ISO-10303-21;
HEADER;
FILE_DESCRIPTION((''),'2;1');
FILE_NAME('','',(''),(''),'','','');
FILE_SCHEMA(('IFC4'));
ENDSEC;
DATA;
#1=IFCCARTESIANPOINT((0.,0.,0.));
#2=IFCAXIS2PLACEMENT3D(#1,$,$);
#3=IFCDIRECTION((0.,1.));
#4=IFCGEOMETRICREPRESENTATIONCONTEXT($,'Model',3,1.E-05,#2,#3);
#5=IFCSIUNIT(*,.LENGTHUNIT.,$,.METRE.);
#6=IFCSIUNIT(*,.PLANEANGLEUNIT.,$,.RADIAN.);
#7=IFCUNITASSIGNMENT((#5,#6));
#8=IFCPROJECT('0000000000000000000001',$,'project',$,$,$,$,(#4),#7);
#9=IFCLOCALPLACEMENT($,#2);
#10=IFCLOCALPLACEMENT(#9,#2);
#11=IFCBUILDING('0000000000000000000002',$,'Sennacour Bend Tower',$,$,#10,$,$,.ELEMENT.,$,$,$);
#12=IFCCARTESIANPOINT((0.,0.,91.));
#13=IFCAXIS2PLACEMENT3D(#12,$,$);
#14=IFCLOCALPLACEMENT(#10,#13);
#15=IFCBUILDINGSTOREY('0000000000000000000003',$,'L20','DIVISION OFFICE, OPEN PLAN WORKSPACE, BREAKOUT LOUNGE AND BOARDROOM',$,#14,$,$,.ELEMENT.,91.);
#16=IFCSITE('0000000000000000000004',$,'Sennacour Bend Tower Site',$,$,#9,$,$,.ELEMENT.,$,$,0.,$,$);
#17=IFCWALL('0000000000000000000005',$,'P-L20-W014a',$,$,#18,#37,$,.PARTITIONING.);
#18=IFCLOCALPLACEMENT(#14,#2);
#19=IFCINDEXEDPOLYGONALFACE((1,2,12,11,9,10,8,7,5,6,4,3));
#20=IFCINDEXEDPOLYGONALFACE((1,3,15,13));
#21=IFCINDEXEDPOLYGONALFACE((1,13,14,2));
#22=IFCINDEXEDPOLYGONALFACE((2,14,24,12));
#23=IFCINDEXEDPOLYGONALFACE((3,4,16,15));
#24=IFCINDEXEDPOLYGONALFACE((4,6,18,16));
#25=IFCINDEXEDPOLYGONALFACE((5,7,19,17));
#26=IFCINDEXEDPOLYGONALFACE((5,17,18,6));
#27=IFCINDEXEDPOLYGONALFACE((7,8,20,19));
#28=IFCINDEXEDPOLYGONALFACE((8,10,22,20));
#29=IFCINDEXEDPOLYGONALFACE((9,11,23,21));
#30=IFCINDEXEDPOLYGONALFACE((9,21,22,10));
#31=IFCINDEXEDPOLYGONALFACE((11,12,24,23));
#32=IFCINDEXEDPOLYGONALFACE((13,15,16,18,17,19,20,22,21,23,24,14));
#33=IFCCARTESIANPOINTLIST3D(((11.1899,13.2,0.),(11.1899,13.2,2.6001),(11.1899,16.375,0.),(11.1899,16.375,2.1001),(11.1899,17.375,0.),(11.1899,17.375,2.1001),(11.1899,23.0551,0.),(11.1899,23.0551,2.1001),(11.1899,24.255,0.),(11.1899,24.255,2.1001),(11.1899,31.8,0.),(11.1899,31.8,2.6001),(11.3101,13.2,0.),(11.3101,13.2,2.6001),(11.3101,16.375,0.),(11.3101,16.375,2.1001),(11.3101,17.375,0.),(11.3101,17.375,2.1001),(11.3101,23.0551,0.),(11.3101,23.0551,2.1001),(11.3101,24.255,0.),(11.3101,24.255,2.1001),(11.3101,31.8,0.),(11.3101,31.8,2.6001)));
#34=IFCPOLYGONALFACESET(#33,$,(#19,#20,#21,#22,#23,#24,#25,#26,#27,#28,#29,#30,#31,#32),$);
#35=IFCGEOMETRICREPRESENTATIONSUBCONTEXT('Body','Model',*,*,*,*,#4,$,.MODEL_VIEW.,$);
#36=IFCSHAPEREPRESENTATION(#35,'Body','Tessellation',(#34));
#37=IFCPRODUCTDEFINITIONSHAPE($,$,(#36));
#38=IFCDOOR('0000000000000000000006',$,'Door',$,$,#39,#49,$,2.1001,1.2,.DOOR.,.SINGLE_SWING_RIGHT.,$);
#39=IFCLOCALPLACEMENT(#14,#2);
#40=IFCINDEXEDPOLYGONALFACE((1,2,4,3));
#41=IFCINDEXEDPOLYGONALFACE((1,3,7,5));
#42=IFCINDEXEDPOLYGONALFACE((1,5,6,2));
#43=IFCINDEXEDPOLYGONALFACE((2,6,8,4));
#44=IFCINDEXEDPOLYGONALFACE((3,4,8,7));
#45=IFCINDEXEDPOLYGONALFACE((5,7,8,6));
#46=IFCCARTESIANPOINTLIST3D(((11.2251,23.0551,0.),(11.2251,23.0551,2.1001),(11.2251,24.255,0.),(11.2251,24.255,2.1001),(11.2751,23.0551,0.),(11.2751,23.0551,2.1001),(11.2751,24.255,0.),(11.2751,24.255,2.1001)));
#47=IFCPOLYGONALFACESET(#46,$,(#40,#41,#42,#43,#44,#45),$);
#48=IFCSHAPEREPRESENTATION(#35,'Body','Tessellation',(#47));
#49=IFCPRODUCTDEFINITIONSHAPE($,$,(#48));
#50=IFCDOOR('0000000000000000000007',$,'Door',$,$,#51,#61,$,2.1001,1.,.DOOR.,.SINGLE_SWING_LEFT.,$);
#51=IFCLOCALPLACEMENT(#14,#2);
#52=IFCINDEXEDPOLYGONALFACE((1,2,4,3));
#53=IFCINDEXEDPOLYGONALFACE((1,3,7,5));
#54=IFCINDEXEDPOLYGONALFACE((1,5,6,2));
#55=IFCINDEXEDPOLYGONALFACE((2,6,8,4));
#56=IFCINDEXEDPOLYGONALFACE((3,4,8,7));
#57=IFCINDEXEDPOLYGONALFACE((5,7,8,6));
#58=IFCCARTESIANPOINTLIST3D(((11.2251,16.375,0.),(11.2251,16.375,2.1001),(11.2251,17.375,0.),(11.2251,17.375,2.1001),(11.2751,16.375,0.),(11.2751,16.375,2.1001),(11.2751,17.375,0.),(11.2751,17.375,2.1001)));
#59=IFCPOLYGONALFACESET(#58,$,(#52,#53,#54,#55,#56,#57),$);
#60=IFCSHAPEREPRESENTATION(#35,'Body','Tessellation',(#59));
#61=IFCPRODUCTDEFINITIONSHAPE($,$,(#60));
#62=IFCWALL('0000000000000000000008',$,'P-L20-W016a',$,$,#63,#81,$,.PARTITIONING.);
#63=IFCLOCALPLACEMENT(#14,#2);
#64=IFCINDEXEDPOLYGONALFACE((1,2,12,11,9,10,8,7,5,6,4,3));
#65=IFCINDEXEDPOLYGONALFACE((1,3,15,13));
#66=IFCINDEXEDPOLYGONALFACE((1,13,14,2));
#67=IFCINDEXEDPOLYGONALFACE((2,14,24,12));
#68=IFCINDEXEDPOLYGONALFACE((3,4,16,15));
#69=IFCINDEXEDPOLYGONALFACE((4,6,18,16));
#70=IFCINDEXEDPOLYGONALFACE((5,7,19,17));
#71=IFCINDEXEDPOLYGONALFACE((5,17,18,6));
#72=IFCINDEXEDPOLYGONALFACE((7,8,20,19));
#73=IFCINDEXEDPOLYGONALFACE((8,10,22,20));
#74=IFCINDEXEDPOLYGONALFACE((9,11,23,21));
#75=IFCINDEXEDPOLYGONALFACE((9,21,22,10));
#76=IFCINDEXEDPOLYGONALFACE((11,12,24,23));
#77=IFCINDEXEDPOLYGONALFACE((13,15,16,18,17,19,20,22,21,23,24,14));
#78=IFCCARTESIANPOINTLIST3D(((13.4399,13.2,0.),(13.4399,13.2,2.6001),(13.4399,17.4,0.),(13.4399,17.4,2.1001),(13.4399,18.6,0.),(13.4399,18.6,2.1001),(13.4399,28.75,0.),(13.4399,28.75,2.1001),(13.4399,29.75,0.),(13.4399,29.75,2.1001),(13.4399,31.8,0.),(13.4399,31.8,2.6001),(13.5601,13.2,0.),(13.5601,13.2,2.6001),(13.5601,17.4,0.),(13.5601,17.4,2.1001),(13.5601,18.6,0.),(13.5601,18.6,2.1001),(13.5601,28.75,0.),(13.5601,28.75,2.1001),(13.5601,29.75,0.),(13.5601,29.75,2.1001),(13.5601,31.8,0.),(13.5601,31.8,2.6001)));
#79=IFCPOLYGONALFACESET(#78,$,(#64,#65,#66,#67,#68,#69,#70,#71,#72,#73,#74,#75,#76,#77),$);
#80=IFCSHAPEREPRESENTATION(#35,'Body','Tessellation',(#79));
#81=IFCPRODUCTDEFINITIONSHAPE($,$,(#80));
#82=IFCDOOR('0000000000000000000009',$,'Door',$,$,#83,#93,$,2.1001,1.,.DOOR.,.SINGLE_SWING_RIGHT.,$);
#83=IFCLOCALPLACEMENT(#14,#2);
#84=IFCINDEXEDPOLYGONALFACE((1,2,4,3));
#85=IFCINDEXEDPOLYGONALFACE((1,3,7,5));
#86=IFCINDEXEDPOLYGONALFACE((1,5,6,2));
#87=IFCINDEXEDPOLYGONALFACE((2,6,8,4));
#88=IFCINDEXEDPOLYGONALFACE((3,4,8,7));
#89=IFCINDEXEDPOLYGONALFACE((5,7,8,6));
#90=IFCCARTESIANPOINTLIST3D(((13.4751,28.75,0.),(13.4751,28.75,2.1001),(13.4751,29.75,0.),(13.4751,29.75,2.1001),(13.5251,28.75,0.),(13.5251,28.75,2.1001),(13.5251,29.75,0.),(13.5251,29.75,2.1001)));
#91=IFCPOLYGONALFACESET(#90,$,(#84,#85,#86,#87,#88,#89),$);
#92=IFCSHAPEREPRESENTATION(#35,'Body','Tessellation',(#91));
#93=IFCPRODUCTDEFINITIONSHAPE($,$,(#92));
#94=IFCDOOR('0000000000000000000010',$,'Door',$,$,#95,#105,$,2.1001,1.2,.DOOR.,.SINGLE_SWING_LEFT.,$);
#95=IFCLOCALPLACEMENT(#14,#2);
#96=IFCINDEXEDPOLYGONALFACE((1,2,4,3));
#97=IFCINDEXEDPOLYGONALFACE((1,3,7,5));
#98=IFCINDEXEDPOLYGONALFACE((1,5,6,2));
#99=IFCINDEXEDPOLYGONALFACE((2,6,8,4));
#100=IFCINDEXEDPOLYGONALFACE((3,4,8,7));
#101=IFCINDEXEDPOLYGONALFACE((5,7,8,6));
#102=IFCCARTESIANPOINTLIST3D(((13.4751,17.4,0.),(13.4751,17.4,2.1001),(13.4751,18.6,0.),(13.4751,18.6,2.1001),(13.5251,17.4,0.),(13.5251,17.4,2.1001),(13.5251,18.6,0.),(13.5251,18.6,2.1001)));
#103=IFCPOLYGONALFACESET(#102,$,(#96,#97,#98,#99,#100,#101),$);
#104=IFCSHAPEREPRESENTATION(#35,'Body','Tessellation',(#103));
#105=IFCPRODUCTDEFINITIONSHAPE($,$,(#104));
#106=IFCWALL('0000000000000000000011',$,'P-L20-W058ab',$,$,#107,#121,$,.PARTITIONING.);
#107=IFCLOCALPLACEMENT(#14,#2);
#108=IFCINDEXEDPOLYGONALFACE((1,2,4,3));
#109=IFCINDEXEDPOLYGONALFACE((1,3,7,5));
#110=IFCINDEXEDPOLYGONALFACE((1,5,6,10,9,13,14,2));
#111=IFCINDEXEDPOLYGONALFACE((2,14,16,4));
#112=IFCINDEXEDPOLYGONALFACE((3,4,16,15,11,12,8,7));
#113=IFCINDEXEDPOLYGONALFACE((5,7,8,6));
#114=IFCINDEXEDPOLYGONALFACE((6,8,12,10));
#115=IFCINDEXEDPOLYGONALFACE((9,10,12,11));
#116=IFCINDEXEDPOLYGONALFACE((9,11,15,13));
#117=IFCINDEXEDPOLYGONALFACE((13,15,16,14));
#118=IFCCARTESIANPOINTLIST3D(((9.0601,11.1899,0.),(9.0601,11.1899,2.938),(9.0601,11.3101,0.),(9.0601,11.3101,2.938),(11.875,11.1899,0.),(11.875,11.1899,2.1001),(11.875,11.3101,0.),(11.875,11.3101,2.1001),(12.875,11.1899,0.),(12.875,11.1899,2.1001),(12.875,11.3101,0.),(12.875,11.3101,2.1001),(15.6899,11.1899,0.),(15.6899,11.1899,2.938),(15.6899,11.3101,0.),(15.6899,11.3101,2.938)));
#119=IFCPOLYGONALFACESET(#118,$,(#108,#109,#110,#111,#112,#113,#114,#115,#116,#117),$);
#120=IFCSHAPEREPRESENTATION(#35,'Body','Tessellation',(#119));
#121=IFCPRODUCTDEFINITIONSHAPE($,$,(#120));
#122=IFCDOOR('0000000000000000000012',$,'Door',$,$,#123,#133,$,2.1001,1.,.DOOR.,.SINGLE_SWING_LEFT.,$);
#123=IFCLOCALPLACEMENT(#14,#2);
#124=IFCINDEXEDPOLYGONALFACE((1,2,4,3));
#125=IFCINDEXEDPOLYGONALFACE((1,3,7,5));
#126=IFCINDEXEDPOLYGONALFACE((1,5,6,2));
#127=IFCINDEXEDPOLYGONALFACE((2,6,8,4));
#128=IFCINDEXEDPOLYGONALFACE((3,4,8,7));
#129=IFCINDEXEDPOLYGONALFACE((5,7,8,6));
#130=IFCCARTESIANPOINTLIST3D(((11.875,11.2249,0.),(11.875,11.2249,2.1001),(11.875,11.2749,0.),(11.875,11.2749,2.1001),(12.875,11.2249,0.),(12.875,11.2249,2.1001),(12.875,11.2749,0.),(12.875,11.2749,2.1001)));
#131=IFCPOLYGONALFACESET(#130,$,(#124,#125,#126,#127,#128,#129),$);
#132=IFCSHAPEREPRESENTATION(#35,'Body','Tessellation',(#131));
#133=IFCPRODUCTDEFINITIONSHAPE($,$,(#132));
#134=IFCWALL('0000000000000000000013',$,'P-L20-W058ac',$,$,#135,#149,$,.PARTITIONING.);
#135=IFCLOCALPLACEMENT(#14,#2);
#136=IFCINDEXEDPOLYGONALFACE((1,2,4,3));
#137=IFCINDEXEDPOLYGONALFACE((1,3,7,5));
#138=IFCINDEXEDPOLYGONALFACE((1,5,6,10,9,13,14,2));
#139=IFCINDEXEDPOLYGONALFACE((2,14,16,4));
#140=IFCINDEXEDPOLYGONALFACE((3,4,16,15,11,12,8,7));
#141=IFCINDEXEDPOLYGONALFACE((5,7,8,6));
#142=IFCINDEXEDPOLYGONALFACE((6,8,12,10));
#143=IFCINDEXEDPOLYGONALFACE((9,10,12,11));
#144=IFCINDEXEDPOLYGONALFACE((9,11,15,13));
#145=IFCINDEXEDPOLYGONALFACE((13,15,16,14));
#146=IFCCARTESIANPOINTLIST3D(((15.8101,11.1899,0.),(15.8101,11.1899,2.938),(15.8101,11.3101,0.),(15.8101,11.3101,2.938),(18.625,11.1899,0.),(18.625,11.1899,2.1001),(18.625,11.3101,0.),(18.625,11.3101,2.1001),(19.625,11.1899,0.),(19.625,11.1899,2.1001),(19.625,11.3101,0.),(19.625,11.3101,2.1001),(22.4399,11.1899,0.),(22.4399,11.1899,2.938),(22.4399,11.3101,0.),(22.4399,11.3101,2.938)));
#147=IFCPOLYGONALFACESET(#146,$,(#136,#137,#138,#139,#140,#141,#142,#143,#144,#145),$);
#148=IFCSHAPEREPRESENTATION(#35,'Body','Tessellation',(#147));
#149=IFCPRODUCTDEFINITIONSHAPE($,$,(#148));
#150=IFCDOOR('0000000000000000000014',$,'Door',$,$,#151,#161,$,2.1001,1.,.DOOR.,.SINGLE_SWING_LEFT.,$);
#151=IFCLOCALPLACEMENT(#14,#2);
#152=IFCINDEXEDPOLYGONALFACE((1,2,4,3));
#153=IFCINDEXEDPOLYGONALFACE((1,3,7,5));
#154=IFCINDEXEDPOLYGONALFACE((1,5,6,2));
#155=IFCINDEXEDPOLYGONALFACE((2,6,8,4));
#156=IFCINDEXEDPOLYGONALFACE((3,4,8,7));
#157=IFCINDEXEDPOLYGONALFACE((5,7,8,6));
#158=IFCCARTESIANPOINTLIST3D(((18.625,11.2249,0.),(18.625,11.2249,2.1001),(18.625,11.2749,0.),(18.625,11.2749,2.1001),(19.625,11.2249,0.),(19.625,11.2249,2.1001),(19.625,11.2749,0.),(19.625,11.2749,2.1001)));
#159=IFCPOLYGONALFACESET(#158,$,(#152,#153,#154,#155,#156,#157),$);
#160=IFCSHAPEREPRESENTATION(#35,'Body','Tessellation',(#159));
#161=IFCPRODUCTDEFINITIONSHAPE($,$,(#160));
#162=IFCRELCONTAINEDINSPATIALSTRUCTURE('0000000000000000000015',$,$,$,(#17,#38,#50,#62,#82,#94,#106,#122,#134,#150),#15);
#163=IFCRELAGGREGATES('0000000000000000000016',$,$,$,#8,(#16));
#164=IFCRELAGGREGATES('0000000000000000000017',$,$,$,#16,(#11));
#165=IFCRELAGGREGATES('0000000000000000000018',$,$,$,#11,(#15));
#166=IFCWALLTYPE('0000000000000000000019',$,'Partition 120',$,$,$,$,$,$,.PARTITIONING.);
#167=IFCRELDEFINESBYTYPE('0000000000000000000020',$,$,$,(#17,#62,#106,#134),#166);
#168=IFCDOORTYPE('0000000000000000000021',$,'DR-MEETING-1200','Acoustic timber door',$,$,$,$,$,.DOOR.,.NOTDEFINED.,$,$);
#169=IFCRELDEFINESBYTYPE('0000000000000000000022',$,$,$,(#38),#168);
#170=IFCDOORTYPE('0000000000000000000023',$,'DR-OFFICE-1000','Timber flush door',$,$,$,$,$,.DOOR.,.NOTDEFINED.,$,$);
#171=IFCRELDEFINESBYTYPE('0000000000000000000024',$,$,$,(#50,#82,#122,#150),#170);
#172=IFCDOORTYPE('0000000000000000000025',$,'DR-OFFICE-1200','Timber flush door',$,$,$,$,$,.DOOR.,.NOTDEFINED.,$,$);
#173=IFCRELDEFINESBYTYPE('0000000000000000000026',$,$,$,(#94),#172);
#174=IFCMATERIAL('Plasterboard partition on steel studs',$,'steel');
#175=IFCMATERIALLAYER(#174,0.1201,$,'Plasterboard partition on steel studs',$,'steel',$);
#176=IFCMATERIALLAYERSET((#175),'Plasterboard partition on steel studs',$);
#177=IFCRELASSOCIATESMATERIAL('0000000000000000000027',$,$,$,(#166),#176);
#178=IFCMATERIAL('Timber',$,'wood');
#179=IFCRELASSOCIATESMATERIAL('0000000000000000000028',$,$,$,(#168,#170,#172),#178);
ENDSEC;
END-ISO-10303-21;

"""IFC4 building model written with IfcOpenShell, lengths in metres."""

from ifc_helpers import new_model, si_unit, direction, frame, frame_2d, origin, place, context, subcontext, project, spatial, rectangle, extrude, material, layer, layer_set, type_object, element, fill, save


model = new_model("IFC4")

# Units and contexts
model_context = context("Model", 3, precision=1e-05, world=origin(), true_north=direction((0.0, 1.0)))
body_context = subcontext(model_context, "Body", "Model", "MODEL_VIEW")
ifc_project = project(units=[si_unit("LENGTHUNIT", "METRE"), si_unit("PLANEANGLEUNIT", "RADIAN")], contexts=[model_context])

# Site, building, storey
site_placement = place(None, origin())
site = spatial("IfcSite", under=ifc_project, at=site_placement, Name="Sennacour Bend Tower Site", CompositionType="ELEMENT", RefElevation=0.0)
building_placement = place(site_placement, origin())
building = spatial("IfcBuilding", under=site, at=building_placement, Name="Sennacour Bend Tower", CompositionType="ELEMENT")
storey_placement = place(building_placement, frame((0.0, 0.0, 91.0)))
storey = spatial("IfcBuildingStorey", under=building, at=storey_placement, Name="L20", Description="DIVISION OFFICE, OPEN PLAN WORKSPACE, BREAKOUT LOUNGE AND BOARDROOM", CompositionType="ELEMENT", Elevation=91.0)

# Walls, openings, doors
ifc_material_1 = material(Name="Plasterboard partition on steel studs", Category="steel")
ifc_layer_1 = layer(ifc_material_1, 0.1201, Name="Plasterboard partition on steel studs", Category="steel")
ifc_layer_set_1 = layer_set([ifc_layer_1], Name="Plasterboard partition on steel studs")
wall_type_1 = type_object("IfcWallType", Name="Partition 120", PredefinedType="PARTITIONING", material=ifc_layer_set_1)
wall_1_placement = place(storey_placement, frame((11.25, 13.2, 0.0), z_axis=(0.0, 0.0, 1.0), x_axis=(0.0, 1.0, 0.0)))
wall_1 = element("IfcWall", 1, at=wall_1_placement, inside=storey, type_object=wall_type_1, Name="P-L20-W014a", PredefinedType="PARTITIONING", context=body_context, shape_type="SweptSolid", body=[
    extrude(rectangle(XDim=18.6001, YDim=0.1201, at=frame_2d((9.3, 0.0))), origin(), (0.0, 0.0, 1.0), 2.6001),
])
opening_1_placement = place(wall_1_placement, frame((3.175, 0.0, 0.0)))
opening_1 = element("IfcOpeningElement", 2, at=opening_1_placement, cuts=wall_1, PredefinedType="OPENING", context=body_context, shape_type="SweptSolid", body=[
    extrude(rectangle(XDim=1.0, YDim=2.1001, at=frame_2d((0.5, 1.05))), frame((0.0, 0.0701, 0.0), z_axis=(0.0, -1.0, 0.0), x_axis=(1.0, 0.0, 0.0)), (0.0, 0.0, 1.0), 0.1401),
])
opening_2_placement = place(wall_1_placement, frame((9.855, 0.0, 0.0)))
opening_2 = element("IfcOpeningElement", 3, at=opening_2_placement, cuts=wall_1, PredefinedType="OPENING", context=body_context, shape_type="SweptSolid", body=[
    extrude(rectangle(XDim=1.2, YDim=2.1001, at=frame_2d((0.6001, 1.05))), frame((0.0, 0.0701, 0.0), z_axis=(0.0, -1.0, 0.0), x_axis=(1.0, 0.0, 0.0)), (0.0, 0.0, 1.0), 0.1401),
])
ifc_material_2 = material(Name="Timber", Category="wood")
door_type_1 = type_object("IfcDoorType", Name="DR-MEETING-1200", Description="Acoustic timber door", OperationType="NOTDEFINED", PredefinedType="DOOR", material=ifc_material_2)
door_1_placement = place(opening_2_placement, origin())
door_1 = element("IfcDoor", 4, at=door_1_placement, inside=storey, type_object=door_type_1, Name="Door", OperationType="SINGLE_SWING_RIGHT", OverallHeight=2.1001, OverallWidth=1.2, PredefinedType="DOOR", context=body_context, shape_type="SweptSolid", body=[
    extrude(rectangle(XDim=1.2, YDim=2.1001, at=frame_2d((0.6001, 1.05))), frame((0.0, 0.0249, 0.0), z_axis=(0.0, -1.0, 0.0), x_axis=(1.0, 0.0, 0.0)), (0.0, 0.0, 1.0), 0.05),
])
fill(opening_2, door_1)
door_type_2 = type_object("IfcDoorType", Name="DR-OFFICE-1000", Description="Timber flush door", OperationType="NOTDEFINED", PredefinedType="DOOR", material=ifc_material_2)
door_2_placement = place(opening_1_placement, origin())
door_2 = element("IfcDoor", 5, at=door_2_placement, inside=storey, type_object=door_type_2, Name="Door", OperationType="SINGLE_SWING_LEFT", OverallHeight=2.1001, OverallWidth=1.0, PredefinedType="DOOR", context=body_context, shape_type="SweptSolid", body=[
    extrude(rectangle(XDim=1.0, YDim=2.1001, at=frame_2d((0.5, 1.05))), frame((0.0, 0.0249, 0.0), z_axis=(0.0, -1.0, 0.0), x_axis=(1.0, 0.0, 0.0)), (0.0, 0.0, 1.0), 0.05),
])
fill(opening_1, door_2)
wall_2_placement = place(storey_placement, frame((13.5, 13.2, 0.0), z_axis=(0.0, 0.0, 1.0), x_axis=(0.0, 1.0, 0.0)))
wall_2 = element("IfcWall", 6, at=wall_2_placement, inside=storey, type_object=wall_type_1, Name="P-L20-W016a", PredefinedType="PARTITIONING", context=body_context, shape_type="SweptSolid", body=[
    extrude(rectangle(XDim=18.6001, YDim=0.1201, at=frame_2d((9.3, 0.0))), origin(), (0.0, 0.0, 1.0), 2.6001),
])
opening_3_placement = place(wall_2_placement, frame((15.55, 0.0, 0.0)))
opening_3 = element("IfcOpeningElement", 7, at=opening_3_placement, cuts=wall_2, PredefinedType="OPENING", context=body_context, shape_type="SweptSolid", body=[
    extrude(rectangle(XDim=1.0, YDim=2.1001, at=frame_2d((0.5, 1.05))), frame((0.0, 0.0701, 0.0), z_axis=(0.0, -1.0, 0.0), x_axis=(1.0, 0.0, 0.0)), (0.0, 0.0, 1.0), 0.1401),
])
opening_4_placement = place(wall_2_placement, frame((4.2, 0.0, 0.0)))
opening_4 = element("IfcOpeningElement", 8, at=opening_4_placement, cuts=wall_2, PredefinedType="OPENING", context=body_context, shape_type="SweptSolid", body=[
    extrude(rectangle(XDim=1.2, YDim=2.1001, at=frame_2d((0.6001, 1.05))), frame((0.0, 0.0701, 0.0), z_axis=(0.0, -1.0, 0.0), x_axis=(1.0, 0.0, 0.0)), (0.0, 0.0, 1.0), 0.1401),
])
door_3_placement = place(opening_3_placement, origin())
door_3 = element("IfcDoor", 9, at=door_3_placement, inside=storey, type_object=door_type_2, Name="Door", OperationType="SINGLE_SWING_RIGHT", OverallHeight=2.1001, OverallWidth=1.0, PredefinedType="DOOR", context=body_context, shape_type="SweptSolid", body=[
    extrude(rectangle(XDim=1.0, YDim=2.1001, at=frame_2d((0.5, 1.05))), frame((0.0, 0.0249, 0.0), z_axis=(0.0, -1.0, 0.0), x_axis=(1.0, 0.0, 0.0)), (0.0, 0.0, 1.0), 0.05),
])
fill(opening_3, door_3)
door_type_3 = type_object("IfcDoorType", Name="DR-OFFICE-1200", Description="Timber flush door", OperationType="NOTDEFINED", PredefinedType="DOOR", material=ifc_material_2)
door_4_placement = place(opening_4_placement, origin())
door_4 = element("IfcDoor", 10, at=door_4_placement, inside=storey, type_object=door_type_3, Name="Door", OperationType="SINGLE_SWING_LEFT", OverallHeight=2.1001, OverallWidth=1.2, PredefinedType="DOOR", context=body_context, shape_type="SweptSolid", body=[
    extrude(rectangle(XDim=1.2, YDim=2.1001, at=frame_2d((0.6001, 1.05))), frame((0.0, 0.0249, 0.0), z_axis=(0.0, -1.0, 0.0), x_axis=(1.0, 0.0, 0.0)), (0.0, 0.0, 1.0), 0.05),
])
fill(opening_4, door_4)

# Walls, openings, doors
wall_3_placement = place(storey_placement, frame((9.0601, 11.25, 0.0), z_axis=(0.0, 0.0, 1.0), x_axis=(1.0, 0.0, 0.0)))
wall_3 = element("IfcWall", 11, at=wall_3_placement, inside=storey, type_object=wall_type_1, Name="P-L20-W058ab", PredefinedType="PARTITIONING", context=body_context, shape_type="SweptSolid", body=[
    extrude(rectangle(XDim=6.6299, YDim=0.1201, at=frame_2d((3.3149, 0.0))), origin(), (0.0, 0.0, 1.0), 2.938),
])
opening_5_placement = place(wall_3_placement, frame((2.8149, 0.0, 0.0)))
opening_5 = element("IfcOpeningElement", 12, at=opening_5_placement, cuts=wall_3, PredefinedType="OPENING", context=body_context, shape_type="SweptSolid", body=[
    extrude(rectangle(XDim=1.0, YDim=2.1001, at=frame_2d((0.5, 1.05))), frame((0.0, 0.0701, 0.0), z_axis=(0.0, -1.0, 0.0), x_axis=(1.0, 0.0, 0.0)), (0.0, 0.0, 1.0), 0.1401),
])
door_5_placement = place(opening_5_placement, origin())
door_5 = element("IfcDoor", 13, at=door_5_placement, inside=storey, type_object=door_type_2, Name="Door", OperationType="SINGLE_SWING_LEFT", OverallHeight=2.1001, OverallWidth=1.0, PredefinedType="DOOR", context=body_context, shape_type="SweptSolid", body=[
    extrude(rectangle(XDim=1.0, YDim=2.1001, at=frame_2d((0.5, 1.05))), frame((0.0, 0.0249, 0.0), z_axis=(0.0, -1.0, 0.0), x_axis=(1.0, 0.0, 0.0)), (0.0, 0.0, 1.0), 0.05),
])
fill(opening_5, door_5)
wall_4_placement = place(storey_placement, frame((15.8101, 11.25, 0.0), z_axis=(0.0, 0.0, 1.0), x_axis=(1.0, 0.0, 0.0)))
wall_4 = element("IfcWall", 14, at=wall_4_placement, inside=storey, type_object=wall_type_1, Name="P-L20-W058ac", PredefinedType="PARTITIONING", context=body_context, shape_type="SweptSolid", body=[
    extrude(rectangle(XDim=6.6299, YDim=0.1201, at=frame_2d((3.3149, 0.0))), origin(), (0.0, 0.0, 1.0), 2.938),
])
opening_6_placement = place(wall_4_placement, frame((2.8149, 0.0, 0.0)))
opening_6 = element("IfcOpeningElement", 15, at=opening_6_placement, cuts=wall_4, PredefinedType="OPENING", context=body_context, shape_type="SweptSolid", body=[
    extrude(rectangle(XDim=1.0, YDim=2.1001, at=frame_2d((0.5, 1.05))), frame((0.0, 0.0701, 0.0), z_axis=(0.0, -1.0, 0.0), x_axis=(1.0, 0.0, 0.0)), (0.0, 0.0, 1.0), 0.1401),
])
door_6_placement = place(opening_6_placement, origin())
door_6 = element("IfcDoor", 16, at=door_6_placement, inside=storey, type_object=door_type_2, Name="Door", OperationType="SINGLE_SWING_LEFT", OverallHeight=2.1001, OverallWidth=1.0, PredefinedType="DOOR", context=body_context, shape_type="SweptSolid", body=[
    extrude(rectangle(XDim=1.0, YDim=2.1001, at=frame_2d((0.5, 1.05))), frame((0.0, 0.0249, 0.0), z_axis=(0.0, -1.0, 0.0), x_axis=(1.0, 0.0, 0.0)), (0.0, 0.0, 1.0), 0.05),
])
fill(opening_6, door_6)

save(model, "model.ifc")
